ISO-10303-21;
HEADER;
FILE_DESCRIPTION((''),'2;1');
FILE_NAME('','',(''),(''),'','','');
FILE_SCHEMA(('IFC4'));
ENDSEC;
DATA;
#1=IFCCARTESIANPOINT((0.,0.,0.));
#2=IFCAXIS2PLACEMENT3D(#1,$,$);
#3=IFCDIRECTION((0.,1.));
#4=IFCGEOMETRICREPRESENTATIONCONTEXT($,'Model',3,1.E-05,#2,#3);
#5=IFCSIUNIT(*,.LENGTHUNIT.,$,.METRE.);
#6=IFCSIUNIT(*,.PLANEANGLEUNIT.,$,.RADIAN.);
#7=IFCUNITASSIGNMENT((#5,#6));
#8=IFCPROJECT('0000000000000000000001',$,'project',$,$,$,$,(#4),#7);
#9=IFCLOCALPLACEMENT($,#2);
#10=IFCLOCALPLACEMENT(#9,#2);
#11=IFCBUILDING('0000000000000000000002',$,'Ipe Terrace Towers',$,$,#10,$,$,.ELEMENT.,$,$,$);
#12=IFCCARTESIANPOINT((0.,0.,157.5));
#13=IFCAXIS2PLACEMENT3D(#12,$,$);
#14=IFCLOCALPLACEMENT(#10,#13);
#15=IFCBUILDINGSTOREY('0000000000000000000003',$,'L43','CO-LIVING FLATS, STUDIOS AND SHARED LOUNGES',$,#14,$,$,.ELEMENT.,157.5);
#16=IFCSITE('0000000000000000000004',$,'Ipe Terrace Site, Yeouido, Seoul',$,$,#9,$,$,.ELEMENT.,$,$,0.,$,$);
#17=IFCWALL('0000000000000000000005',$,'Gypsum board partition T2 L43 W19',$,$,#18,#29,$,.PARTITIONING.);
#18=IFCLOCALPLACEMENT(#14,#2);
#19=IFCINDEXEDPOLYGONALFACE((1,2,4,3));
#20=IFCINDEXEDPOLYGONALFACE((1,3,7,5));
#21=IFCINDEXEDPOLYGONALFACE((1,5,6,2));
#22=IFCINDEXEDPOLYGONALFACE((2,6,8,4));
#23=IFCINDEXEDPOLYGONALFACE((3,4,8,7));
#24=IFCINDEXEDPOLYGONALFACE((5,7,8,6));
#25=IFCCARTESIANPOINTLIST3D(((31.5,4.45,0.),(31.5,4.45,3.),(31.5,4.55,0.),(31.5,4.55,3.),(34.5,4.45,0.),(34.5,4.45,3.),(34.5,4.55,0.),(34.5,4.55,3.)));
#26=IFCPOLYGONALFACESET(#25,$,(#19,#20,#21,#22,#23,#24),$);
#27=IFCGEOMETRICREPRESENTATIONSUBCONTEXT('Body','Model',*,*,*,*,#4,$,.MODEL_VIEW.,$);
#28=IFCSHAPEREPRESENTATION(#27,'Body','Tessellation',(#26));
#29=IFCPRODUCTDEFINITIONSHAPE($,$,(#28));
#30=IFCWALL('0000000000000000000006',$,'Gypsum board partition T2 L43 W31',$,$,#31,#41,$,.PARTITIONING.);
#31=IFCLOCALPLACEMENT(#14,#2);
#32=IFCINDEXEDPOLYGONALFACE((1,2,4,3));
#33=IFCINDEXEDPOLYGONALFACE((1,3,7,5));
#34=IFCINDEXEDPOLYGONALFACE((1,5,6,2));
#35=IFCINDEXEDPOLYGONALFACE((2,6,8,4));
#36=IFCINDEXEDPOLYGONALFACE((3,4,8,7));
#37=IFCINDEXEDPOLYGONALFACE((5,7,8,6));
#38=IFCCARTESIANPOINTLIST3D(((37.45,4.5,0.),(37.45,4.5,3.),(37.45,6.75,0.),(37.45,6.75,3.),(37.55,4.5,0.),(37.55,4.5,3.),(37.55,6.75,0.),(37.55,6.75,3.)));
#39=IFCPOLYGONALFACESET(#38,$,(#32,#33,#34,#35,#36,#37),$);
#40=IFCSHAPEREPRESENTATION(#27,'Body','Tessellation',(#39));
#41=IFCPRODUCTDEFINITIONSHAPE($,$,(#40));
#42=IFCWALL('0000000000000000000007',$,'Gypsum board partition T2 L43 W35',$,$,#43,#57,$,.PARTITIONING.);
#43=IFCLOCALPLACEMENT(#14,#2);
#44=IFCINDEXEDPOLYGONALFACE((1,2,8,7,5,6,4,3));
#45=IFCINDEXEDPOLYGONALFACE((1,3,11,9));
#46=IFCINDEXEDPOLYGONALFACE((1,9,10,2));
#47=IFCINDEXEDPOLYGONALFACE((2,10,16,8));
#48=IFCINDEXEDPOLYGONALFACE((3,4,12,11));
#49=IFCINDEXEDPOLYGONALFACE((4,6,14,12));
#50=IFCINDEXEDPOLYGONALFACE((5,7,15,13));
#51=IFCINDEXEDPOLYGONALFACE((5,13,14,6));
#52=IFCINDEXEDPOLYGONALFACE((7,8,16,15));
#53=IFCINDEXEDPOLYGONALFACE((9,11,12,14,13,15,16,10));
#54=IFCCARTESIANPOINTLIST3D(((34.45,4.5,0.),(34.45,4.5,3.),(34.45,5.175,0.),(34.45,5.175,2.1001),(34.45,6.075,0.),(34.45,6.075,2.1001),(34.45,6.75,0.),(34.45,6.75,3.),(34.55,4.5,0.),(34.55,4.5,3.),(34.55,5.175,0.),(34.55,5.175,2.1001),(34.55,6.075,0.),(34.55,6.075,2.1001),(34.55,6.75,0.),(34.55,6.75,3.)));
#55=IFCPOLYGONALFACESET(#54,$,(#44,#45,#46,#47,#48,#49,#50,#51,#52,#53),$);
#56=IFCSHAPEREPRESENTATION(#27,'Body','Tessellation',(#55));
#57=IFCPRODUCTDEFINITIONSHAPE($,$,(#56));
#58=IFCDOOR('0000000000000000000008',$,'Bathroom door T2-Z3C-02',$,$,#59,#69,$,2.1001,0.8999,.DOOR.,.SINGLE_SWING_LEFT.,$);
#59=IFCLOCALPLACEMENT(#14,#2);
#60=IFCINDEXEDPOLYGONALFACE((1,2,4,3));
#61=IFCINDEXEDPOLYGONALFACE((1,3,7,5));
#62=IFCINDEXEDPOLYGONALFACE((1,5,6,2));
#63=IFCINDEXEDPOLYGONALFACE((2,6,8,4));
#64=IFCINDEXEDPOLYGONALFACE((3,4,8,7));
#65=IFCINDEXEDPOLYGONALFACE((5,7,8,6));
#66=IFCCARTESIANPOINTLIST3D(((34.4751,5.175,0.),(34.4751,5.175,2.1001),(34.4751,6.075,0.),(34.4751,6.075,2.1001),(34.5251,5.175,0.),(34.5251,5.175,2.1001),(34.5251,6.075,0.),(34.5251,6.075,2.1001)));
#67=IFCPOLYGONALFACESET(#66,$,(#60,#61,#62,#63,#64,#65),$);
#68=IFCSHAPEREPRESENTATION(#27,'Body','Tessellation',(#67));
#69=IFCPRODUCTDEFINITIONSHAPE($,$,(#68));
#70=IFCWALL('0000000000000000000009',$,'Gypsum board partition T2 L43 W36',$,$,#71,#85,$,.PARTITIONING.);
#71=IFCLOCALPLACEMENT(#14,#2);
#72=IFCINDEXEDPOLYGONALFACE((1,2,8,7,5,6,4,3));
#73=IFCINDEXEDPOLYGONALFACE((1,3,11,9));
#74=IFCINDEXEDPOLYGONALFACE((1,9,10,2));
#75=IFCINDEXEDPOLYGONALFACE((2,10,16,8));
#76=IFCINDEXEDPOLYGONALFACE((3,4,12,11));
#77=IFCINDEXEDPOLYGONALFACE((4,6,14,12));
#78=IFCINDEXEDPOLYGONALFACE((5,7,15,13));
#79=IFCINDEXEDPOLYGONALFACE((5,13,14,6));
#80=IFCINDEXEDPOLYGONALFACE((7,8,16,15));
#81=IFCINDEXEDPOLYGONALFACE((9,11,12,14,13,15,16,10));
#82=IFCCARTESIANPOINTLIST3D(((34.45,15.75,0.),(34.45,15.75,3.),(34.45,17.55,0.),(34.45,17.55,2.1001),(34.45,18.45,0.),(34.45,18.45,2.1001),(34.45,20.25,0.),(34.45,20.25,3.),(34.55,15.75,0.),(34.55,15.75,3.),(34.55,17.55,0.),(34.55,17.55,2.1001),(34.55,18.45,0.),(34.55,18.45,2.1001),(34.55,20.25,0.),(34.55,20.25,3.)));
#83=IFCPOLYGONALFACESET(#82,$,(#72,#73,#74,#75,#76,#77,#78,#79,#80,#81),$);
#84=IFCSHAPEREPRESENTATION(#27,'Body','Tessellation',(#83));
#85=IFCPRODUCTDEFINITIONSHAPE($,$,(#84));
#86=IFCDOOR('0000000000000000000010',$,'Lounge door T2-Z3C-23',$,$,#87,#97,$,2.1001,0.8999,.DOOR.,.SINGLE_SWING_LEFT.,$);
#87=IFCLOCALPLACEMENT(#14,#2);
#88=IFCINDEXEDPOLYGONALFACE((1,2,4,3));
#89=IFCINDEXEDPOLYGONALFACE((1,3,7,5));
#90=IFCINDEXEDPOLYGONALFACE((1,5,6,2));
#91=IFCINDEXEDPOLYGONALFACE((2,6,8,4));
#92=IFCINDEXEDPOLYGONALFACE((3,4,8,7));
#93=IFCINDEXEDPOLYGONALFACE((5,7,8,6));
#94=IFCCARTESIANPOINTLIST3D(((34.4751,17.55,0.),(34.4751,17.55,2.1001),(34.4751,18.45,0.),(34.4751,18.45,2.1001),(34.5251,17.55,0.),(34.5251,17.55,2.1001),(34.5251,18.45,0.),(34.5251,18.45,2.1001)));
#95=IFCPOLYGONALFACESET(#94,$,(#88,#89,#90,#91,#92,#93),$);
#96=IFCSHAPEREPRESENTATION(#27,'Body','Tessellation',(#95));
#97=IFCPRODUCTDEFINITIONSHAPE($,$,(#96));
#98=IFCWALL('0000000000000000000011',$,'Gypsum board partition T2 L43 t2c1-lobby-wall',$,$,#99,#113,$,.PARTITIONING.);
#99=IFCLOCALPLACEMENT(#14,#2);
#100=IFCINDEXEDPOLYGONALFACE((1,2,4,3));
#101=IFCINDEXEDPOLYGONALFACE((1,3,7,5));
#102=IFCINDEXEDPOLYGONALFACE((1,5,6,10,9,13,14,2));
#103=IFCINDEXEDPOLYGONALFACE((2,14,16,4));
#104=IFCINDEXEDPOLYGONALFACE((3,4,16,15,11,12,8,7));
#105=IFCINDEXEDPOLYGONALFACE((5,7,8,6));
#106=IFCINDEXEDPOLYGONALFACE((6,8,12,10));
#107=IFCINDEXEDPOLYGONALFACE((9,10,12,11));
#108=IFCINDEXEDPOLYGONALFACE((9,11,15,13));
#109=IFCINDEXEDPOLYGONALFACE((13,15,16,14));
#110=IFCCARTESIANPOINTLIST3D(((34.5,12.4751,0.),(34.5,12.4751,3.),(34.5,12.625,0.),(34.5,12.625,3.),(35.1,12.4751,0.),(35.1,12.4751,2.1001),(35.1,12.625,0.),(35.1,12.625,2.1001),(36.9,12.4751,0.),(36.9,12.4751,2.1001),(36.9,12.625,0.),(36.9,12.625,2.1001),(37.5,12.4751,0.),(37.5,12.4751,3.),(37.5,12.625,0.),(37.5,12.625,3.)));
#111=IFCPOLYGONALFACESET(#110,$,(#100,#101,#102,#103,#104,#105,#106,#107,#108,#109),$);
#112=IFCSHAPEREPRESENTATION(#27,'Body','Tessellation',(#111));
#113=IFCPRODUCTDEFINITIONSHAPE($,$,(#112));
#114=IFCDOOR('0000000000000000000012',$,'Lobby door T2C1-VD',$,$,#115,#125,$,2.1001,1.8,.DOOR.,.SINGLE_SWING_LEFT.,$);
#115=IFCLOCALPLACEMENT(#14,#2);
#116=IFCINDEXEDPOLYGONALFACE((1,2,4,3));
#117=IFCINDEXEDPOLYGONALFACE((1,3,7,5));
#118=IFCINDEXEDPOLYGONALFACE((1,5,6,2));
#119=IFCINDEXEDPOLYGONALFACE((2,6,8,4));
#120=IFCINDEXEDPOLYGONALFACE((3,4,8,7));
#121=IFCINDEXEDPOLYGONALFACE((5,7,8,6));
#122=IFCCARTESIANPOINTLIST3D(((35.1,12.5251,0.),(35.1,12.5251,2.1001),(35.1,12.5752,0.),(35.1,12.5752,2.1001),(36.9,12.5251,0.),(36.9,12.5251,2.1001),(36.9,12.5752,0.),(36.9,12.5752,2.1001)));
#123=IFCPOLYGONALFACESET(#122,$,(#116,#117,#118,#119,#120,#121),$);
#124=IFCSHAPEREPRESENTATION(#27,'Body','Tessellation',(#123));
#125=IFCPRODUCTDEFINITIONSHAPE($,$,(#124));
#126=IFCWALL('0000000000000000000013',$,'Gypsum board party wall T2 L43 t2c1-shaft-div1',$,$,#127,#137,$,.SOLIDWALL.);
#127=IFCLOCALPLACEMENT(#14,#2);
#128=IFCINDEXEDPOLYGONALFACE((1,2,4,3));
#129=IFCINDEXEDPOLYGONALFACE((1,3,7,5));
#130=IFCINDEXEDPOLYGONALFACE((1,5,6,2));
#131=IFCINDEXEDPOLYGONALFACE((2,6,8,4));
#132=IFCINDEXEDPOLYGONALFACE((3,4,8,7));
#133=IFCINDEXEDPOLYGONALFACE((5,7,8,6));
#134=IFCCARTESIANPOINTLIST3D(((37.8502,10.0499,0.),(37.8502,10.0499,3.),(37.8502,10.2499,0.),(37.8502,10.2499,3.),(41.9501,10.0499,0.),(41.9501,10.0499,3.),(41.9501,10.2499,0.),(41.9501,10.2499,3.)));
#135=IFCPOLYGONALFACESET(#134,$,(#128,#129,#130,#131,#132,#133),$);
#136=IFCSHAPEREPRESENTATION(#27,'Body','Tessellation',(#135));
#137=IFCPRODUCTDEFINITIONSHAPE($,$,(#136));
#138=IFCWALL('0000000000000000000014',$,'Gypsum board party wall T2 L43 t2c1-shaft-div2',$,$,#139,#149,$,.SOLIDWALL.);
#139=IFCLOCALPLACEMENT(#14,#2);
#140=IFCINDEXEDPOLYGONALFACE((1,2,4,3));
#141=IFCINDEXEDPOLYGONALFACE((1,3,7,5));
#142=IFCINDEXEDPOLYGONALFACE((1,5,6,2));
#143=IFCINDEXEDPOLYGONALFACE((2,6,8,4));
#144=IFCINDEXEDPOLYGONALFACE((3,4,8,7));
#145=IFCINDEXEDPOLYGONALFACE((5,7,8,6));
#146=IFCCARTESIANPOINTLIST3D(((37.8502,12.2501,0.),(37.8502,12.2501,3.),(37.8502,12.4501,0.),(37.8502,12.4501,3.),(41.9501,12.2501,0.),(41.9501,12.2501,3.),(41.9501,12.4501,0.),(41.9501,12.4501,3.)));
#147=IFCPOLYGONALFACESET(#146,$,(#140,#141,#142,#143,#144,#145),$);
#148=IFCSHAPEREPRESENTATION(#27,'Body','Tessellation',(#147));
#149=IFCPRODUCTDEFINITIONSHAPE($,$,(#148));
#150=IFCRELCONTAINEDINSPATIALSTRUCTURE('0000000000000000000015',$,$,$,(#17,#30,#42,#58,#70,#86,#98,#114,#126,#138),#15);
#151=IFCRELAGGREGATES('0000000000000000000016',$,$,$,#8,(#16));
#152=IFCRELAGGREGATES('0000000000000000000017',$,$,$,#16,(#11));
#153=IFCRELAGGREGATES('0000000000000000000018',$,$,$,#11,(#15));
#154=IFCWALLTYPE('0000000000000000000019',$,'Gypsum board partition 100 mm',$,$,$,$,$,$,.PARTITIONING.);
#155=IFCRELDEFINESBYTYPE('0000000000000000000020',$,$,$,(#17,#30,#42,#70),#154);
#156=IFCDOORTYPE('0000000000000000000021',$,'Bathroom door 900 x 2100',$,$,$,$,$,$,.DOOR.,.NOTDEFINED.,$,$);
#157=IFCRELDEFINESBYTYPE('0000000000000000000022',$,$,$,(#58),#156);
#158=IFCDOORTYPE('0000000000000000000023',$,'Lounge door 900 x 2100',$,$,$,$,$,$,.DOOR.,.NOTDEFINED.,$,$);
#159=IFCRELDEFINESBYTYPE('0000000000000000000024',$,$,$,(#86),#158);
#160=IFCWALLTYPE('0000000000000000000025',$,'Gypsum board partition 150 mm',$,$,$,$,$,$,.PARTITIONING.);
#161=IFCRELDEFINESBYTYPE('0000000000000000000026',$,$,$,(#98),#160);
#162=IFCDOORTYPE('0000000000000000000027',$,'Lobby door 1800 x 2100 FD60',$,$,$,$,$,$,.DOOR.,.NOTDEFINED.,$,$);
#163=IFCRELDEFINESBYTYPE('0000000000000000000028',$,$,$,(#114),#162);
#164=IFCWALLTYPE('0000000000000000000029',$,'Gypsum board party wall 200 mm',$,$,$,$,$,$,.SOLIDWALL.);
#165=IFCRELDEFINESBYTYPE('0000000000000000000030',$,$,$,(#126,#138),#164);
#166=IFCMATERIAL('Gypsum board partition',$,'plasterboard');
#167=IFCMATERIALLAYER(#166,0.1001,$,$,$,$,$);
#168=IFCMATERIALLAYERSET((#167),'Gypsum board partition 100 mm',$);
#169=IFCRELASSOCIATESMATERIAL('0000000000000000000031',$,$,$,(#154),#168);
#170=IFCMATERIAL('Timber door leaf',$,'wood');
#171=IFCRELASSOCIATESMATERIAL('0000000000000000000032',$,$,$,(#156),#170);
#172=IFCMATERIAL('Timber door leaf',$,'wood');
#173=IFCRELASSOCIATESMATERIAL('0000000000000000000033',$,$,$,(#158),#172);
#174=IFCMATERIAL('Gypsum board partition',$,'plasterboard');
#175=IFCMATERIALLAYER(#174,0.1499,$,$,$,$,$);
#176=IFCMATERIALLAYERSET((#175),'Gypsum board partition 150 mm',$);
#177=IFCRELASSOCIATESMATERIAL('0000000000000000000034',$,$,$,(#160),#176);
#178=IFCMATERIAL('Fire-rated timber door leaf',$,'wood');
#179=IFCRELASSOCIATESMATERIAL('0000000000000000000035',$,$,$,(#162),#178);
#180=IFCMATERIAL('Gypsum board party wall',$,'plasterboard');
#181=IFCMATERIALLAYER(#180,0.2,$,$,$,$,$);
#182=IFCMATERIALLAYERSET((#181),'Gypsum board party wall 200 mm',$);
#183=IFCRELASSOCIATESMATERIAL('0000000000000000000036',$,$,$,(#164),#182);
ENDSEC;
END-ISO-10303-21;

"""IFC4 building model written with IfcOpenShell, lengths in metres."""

from ifc_helpers import new_model, si_unit, direction, frame, frame_2d, origin, place, context, subcontext, project, spatial, rectangle, extrude, material, layer, layer_set, type_object, element, fill, save


model = new_model("IFC4")

# Units and contexts
model_context = context("Model", 3, precision=1e-05, world=origin(), true_north=direction((0.0, 1.0)))
body_context = subcontext(model_context, "Body", "Model", "MODEL_VIEW")
ifc_project = project(units=[si_unit("LENGTHUNIT", "METRE"), si_unit("PLANEANGLEUNIT", "RADIAN")], contexts=[model_context])

# Site, building, storey
site_placement = place(None, origin())
site = spatial("IfcSite", under=ifc_project, at=site_placement, Name="Ipe Terrace Site, Yeouido, Seoul", CompositionType="ELEMENT", RefElevation=0.0)
building_placement = place(site_placement, origin())
building = spatial("IfcBuilding", under=site, at=building_placement, Name="Ipe Terrace Towers", CompositionType="ELEMENT")
storey_placement = place(building_placement, frame((0.0, 0.0, 157.5)))
storey = spatial("IfcBuildingStorey", under=building, at=storey_placement, Name="L43", Description="CO-LIVING FLATS, STUDIOS AND SHARED LOUNGES", CompositionType="ELEMENT", Elevation=157.5)

# Walls
ifc_material_1 = material(Name="Gypsum board partition", Category="plasterboard")
ifc_layer_1 = layer(ifc_material_1, 0.1001)
ifc_layer_set_1 = layer_set([ifc_layer_1], Name="Gypsum board partition 100 mm")
wall_type_1 = type_object("IfcWallType", Name="Gypsum board partition 100 mm", PredefinedType="PARTITIONING", material=ifc_layer_set_1)
wall_1_placement = place(storey_placement, frame((34.5, 4.5, 0.0), z_axis=(0.0, 0.0, 1.0), x_axis=(-1.0, 0.0, 0.0)))
element("IfcWall", 1, at=wall_1_placement, inside=storey, type_object=wall_type_1, Name="Gypsum board partition T2 L43 W19", PredefinedType="PARTITIONING", context=body_context, shape_type="SweptSolid", body=[
    extrude(rectangle(XDim=3.0, YDim=0.1001, at=frame_2d((1.5, 0.0))), origin(), (0.0, 0.0, 1.0), 3.0),
])
wall_2_placement = place(storey_placement, frame((37.5, 4.5, 0.0), z_axis=(0.0, 0.0, 1.0), x_axis=(0.0, 1.0, 0.0)))
element("IfcWall", 2, at=wall_2_placement, inside=storey, type_object=wall_type_1, Name="Gypsum board partition T2 L43 W31", PredefinedType="PARTITIONING", context=body_context, shape_type="SweptSolid", body=[
    extrude(rectangle(XDim=2.25, YDim=0.1001, at=frame_2d((1.125, 0.0))), origin(), (0.0, 0.0, 1.0), 3.0),
])

# Walls, openings, doors
wall_3_placement = place(storey_placement, frame((34.5, 4.5, 0.0), z_axis=(0.0, 0.0, 1.0), x_axis=(0.0, 1.0, 0.0)))
wall_3 = element("IfcWall", 3, at=wall_3_placement, inside=storey, type_object=wall_type_1, Name="Gypsum board partition T2 L43 W35", PredefinedType="PARTITIONING", context=body_context, shape_type="SweptSolid", body=[
    extrude(rectangle(XDim=2.25, YDim=0.1001, at=frame_2d((1.125, 0.0))), origin(), (0.0, 0.0, 1.0), 3.0),
])
opening_1_placement = place(wall_3_placement, frame((0.675, 0.0, 0.0)))
opening_1 = element("IfcOpeningElement", 4, at=opening_1_placement, cuts=wall_3, PredefinedType="OPENING", context=body_context, shape_type="SweptSolid", body=[
    extrude(rectangle(XDim=0.8999, YDim=2.1001, at=frame_2d((0.45, 1.05))), frame((0.0, 0.0601, 0.0), z_axis=(0.0, -1.0, 0.0), x_axis=(1.0, 0.0, 0.0)), (0.0, 0.0, 1.0), 0.1201),
])
ifc_material_2 = material(Name="Timber door leaf", Category="wood")
door_type_1 = type_object("IfcDoorType", Name="Bathroom door 900 x 2100", OperationType="NOTDEFINED", PredefinedType="DOOR", material=ifc_material_2)
door_1_placement = place(opening_1_placement, origin())
door_1 = element("IfcDoor", 5, at=door_1_placement, inside=storey, type_object=door_type_1, Name="Bathroom door T2-Z3C-02", OperationType="SINGLE_SWING_LEFT", OverallHeight=2.1001, OverallWidth=0.8999, PredefinedType="DOOR", context=body_context, shape_type="SweptSolid", body=[
    extrude(rectangle(XDim=0.8999, YDim=2.1001, at=frame_2d((0.45, 1.05))), frame((0.0, 0.0249, 0.0), z_axis=(0.0, -1.0, 0.0), x_axis=(1.0, 0.0, 0.0)), (0.0, 0.0, 1.0), 0.05),
])
fill(opening_1, door_1)
wall_4_placement = place(storey_placement, frame((34.5, 15.75, 0.0), z_axis=(0.0, 0.0, 1.0), x_axis=(0.0, 1.0, 0.0)))
wall_4 = element("IfcWall", 6, at=wall_4_placement, inside=storey, type_object=wall_type_1, Name="Gypsum board partition T2 L43 W36", PredefinedType="PARTITIONING", context=body_context, shape_type="SweptSolid", body=[
    extrude(rectangle(XDim=4.5, YDim=0.1001, at=frame_2d((2.25, 0.0))), origin(), (0.0, 0.0, 1.0), 3.0),
])
opening_2_placement = place(wall_4_placement, frame((1.8, 0.0, 0.0)))
opening_2 = element("IfcOpeningElement", 7, at=opening_2_placement, cuts=wall_4, PredefinedType="OPENING", context=body_context, shape_type="SweptSolid", body=[
    extrude(rectangle(XDim=0.8999, YDim=2.1001, at=frame_2d((0.45, 1.05))), frame((0.0, 0.0601, 0.0), z_axis=(0.0, -1.0, 0.0), x_axis=(1.0, 0.0, 0.0)), (0.0, 0.0, 1.0), 0.1201),
])
ifc_material_3 = material(Name="Timber door leaf", Category="wood")
door_type_2 = type_object("IfcDoorType", Name="Lounge door 900 x 2100", OperationType="NOTDEFINED", PredefinedType="DOOR", material=ifc_material_3)
door_2_placement = place(opening_2_placement, origin())
door_2 = element("IfcDoor", 8, at=door_2_placement, inside=storey, type_object=door_type_2, Name="Lounge door T2-Z3C-23", OperationType="SINGLE_SWING_LEFT", OverallHeight=2.1001, OverallWidth=0.8999, PredefinedType="DOOR", context=body_context, shape_type="SweptSolid", body=[
    extrude(rectangle(XDim=0.8999, YDim=2.1001, at=frame_2d((0.45, 1.05))), frame((0.0, 0.0249, 0.0), z_axis=(0.0, -1.0, 0.0), x_axis=(1.0, 0.0, 0.0)), (0.0, 0.0, 1.0), 0.05),
])
fill(opening_2, door_2)
ifc_material_4 = material(Name="Gypsum board partition", Category="plasterboard")
ifc_layer_2 = layer(ifc_material_4, 0.1499)
ifc_layer_set_2 = layer_set([ifc_layer_2], Name="Gypsum board partition 150 mm")
wall_type_2 = type_object("IfcWallType", Name="Gypsum board partition 150 mm", PredefinedType="PARTITIONING", material=ifc_layer_set_2)
wall_5_placement = place(storey_placement, frame((37.5, 12.55, 0.0), z_axis=(0.0, 0.0, 1.0), x_axis=(-1.0, 0.0, 0.0)))
wall_5 = element("IfcWall", 9, at=wall_5_placement, inside=storey, type_object=wall_type_2, Name="Gypsum board partition T2 L43 t2c1-lobby-wall", PredefinedType="PARTITIONING", context=body_context, shape_type="SweptSolid", body=[
    extrude(rectangle(XDim=3.0, YDim=0.1499, at=frame_2d((1.5, 0.0))), origin(), (0.0, 0.0, 1.0), 3.0),
])
opening_3_placement = place(wall_5_placement, frame((0.6001, 0.0, 0.0)))
opening_3 = element("IfcOpeningElement", 10, at=opening_3_placement, cuts=wall_5, PredefinedType="OPENING", context=body_context, shape_type="SweptSolid", body=[
    extrude(rectangle(XDim=1.8, YDim=2.1001, at=frame_2d((0.8999, 1.05))), frame((0.0, 0.085, 0.0), z_axis=(0.0, -1.0, 0.0), x_axis=(1.0, 0.0, 0.0)), (0.0, 0.0, 1.0), 0.1699),
])
ifc_material_5 = material(Name="Fire-rated timber door leaf", Category="wood")
door_type_3 = type_object("IfcDoorType", Name="Lobby door 1800 x 2100 FD60", OperationType="NOTDEFINED", PredefinedType="DOOR", material=ifc_material_5)
door_3_placement = place(opening_3_placement, origin())
door_3 = element("IfcDoor", 11, at=door_3_placement, inside=storey, type_object=door_type_3, Name="Lobby door T2C1-VD", OperationType="SINGLE_SWING_LEFT", OverallHeight=2.1001, OverallWidth=1.8, PredefinedType="DOOR", context=body_context, shape_type="SweptSolid", body=[
    extrude(rectangle(XDim=1.8, YDim=2.1001, at=frame_2d((0.8999, 1.05))), frame((0.0, 0.0249, 0.0), z_axis=(0.0, -1.0, 0.0), x_axis=(1.0, 0.0, 0.0)), (0.0, 0.0, 1.0), 0.05),
])
fill(opening_3, door_3)

# Walls
ifc_material_6 = material(Name="Gypsum board party wall", Category="plasterboard")
ifc_layer_3 = layer(ifc_material_6, 0.2)
ifc_layer_set_3 = layer_set([ifc_layer_3], Name="Gypsum board party wall 200 mm")
wall_type_3 = type_object("IfcWallType", Name="Gypsum board party wall 200 mm", PredefinedType="SOLIDWALL", material=ifc_layer_set_3)
for number, where, z_axis, x_axis, name in (
    (12, (41.95, 10.1499, 0.0), (0.0, 0.0, 1.0), (-1.0, 0.0, 0.0), "Gypsum board party wall T2 L43 t2c1-shaft-div1"),
    (13, (41.95, 12.3501, 0.0), (0.0, 0.0, 1.0), (-1.0, 0.0, 0.0), "Gypsum board party wall T2 L43 t2c1-shaft-div2"),
):
    element("IfcWall", number, at=place(storey_placement, frame(where, z_axis=z_axis, x_axis=x_axis)), inside=storey, type_object=wall_type_3, Name=name, PredefinedType="SOLIDWALL", context=body_context, shape_type="SweptSolid", body=[
        extrude(rectangle(XDim=4.0999, YDim=0.2, at=frame_2d((2.0498, 0.0))), origin(), (0.0, 0.0, 1.0), 3.0),
    ])

save(model, "model.ifc")
